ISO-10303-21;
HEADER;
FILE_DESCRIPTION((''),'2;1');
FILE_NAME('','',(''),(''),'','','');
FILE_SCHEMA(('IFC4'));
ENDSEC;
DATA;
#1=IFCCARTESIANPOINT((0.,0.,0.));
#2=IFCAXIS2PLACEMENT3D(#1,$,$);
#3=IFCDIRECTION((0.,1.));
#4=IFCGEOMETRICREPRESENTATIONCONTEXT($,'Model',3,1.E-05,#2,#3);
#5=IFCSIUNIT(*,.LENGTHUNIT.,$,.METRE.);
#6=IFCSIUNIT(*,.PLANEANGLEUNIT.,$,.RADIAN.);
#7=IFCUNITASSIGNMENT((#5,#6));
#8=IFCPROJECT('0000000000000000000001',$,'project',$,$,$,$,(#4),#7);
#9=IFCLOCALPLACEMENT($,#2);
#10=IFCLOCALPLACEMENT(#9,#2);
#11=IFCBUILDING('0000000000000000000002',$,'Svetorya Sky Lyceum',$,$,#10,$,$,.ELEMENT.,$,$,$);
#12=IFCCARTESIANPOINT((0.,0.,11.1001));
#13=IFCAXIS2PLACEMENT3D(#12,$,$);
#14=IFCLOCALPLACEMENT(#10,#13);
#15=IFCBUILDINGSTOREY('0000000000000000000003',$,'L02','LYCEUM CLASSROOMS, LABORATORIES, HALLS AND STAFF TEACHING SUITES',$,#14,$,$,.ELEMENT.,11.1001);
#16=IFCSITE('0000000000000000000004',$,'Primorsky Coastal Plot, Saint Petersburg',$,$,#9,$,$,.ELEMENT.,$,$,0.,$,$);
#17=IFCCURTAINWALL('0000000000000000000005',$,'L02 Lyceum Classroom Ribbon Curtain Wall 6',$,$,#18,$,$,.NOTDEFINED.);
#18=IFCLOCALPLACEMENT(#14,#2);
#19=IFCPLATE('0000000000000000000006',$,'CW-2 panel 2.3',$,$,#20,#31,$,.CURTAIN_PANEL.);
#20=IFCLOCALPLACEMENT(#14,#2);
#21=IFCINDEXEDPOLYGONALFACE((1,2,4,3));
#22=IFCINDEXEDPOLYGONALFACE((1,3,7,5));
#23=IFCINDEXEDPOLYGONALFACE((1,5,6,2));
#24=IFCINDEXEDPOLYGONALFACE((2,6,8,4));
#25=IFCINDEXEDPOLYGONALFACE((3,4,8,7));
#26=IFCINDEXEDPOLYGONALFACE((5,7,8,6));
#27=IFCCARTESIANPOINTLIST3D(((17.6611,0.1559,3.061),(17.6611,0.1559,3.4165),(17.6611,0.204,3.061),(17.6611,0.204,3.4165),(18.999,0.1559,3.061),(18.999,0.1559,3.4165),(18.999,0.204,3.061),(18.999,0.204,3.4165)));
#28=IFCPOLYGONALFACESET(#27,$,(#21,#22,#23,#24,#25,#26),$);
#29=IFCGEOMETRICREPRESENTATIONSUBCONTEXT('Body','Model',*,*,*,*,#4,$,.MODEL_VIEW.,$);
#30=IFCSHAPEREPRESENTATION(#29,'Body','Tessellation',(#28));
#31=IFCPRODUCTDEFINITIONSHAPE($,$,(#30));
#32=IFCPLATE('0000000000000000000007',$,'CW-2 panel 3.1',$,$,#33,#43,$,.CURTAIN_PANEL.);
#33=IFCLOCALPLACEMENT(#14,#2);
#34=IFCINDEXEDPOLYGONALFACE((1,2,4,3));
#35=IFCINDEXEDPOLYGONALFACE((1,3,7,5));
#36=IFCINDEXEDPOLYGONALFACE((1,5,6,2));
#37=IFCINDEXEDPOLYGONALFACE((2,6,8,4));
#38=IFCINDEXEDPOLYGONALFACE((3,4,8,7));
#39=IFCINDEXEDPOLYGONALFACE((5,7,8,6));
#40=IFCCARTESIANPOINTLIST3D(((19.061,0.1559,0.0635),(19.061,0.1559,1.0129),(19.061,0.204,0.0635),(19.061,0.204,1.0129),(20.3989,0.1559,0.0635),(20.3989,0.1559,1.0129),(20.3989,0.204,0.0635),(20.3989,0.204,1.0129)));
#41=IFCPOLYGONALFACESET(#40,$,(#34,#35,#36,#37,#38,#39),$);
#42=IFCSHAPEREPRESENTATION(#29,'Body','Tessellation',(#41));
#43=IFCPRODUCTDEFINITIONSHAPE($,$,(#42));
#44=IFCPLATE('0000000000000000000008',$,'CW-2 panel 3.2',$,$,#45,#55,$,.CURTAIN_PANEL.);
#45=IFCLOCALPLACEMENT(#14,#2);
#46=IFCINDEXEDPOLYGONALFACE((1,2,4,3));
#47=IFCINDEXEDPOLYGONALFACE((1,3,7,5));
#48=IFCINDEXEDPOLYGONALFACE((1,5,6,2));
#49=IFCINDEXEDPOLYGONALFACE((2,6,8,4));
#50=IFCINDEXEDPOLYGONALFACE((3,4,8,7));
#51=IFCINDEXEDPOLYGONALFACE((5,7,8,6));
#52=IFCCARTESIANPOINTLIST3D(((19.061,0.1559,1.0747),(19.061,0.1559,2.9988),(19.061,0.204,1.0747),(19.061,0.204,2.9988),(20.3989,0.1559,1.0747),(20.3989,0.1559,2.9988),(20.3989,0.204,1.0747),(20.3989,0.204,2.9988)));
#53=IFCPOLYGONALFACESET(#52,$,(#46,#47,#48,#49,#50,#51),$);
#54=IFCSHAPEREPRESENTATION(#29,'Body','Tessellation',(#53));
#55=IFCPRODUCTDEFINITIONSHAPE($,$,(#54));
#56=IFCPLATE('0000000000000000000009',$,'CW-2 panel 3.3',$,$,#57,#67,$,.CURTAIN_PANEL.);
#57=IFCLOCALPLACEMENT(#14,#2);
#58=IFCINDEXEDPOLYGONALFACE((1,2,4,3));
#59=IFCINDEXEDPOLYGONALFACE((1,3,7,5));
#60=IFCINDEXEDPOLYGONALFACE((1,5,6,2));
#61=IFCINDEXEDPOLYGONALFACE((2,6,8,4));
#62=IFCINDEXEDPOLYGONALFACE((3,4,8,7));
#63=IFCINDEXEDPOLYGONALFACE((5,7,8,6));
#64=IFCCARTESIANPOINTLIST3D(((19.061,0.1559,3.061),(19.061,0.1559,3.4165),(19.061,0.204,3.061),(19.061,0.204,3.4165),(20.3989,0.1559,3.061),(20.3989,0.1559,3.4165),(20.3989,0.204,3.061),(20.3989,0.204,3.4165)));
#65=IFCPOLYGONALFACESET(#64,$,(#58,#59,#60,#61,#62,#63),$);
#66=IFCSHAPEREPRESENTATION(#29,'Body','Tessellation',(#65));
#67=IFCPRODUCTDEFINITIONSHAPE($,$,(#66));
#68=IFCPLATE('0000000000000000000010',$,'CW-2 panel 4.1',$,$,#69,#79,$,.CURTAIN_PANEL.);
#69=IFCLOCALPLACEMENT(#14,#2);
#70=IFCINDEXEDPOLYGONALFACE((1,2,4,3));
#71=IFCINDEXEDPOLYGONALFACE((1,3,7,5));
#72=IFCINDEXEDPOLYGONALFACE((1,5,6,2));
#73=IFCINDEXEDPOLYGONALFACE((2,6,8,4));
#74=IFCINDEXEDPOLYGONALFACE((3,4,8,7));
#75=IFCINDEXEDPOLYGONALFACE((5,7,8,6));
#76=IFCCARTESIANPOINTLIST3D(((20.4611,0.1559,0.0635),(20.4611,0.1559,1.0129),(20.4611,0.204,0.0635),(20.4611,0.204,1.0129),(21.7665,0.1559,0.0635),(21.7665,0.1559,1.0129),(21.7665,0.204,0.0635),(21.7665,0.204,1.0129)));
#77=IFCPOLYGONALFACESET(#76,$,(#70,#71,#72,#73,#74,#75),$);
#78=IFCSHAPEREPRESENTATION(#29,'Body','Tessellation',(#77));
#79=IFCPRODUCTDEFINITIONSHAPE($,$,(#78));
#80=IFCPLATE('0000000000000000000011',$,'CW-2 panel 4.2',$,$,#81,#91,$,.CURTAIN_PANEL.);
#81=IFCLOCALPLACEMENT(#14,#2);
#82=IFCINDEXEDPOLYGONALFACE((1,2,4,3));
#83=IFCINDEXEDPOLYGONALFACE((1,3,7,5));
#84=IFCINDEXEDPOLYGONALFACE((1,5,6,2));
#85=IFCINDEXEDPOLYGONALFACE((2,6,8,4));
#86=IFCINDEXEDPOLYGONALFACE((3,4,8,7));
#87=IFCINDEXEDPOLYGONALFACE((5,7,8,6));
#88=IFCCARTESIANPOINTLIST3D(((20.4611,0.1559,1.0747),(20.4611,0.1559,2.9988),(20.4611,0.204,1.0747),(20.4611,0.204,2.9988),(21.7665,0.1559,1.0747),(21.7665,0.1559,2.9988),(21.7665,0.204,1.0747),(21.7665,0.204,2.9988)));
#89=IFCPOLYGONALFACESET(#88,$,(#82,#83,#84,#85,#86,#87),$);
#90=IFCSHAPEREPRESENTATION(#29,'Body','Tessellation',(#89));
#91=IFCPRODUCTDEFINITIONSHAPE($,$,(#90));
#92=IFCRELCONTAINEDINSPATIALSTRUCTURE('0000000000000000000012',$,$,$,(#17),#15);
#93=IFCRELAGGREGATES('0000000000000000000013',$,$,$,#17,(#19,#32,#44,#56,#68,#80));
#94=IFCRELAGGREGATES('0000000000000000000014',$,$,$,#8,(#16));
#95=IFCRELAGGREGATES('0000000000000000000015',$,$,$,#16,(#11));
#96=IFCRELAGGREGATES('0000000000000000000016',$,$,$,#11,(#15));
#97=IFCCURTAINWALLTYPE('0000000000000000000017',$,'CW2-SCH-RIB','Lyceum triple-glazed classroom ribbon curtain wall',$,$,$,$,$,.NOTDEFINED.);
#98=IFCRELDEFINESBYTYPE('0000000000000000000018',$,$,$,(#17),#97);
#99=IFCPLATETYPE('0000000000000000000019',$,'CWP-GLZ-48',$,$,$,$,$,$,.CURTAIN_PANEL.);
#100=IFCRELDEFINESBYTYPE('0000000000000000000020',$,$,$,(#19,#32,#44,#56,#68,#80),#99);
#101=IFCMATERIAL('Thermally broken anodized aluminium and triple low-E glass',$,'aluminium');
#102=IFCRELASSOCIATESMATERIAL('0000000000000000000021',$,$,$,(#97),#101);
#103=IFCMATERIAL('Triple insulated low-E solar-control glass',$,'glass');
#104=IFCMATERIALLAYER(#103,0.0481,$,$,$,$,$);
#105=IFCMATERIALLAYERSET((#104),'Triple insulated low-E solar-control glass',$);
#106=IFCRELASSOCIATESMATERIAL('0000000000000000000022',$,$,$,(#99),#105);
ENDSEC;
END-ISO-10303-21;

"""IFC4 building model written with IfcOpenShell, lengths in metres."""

from ifc_helpers import new_model, si_unit, direction, frame, origin, origin_2d, place, context, subcontext, project, spatial, rectangle, extrude, material, layer, layer_set, type_object, element, aggregate, save


model = new_model("IFC4")

# Units and contexts
model_context = context("Model", 3, precision=1e-05, world=origin(), true_north=direction((0.0, 1.0)))
body_context = subcontext(model_context, "Body", "Model", "MODEL_VIEW")
ifc_project = project(units=[si_unit("LENGTHUNIT", "METRE"), si_unit("PLANEANGLEUNIT", "RADIAN")], contexts=[model_context])

# Site, building, storey
site_placement = place(None, origin())
site = spatial("IfcSite", under=ifc_project, at=site_placement, Name="Primorsky Coastal Plot, Saint Petersburg", CompositionType="ELEMENT", RefElevation=0.0)
building_placement = place(site_placement, origin())
building = spatial("IfcBuilding", under=site, at=building_placement, Name="Svetorya Sky Lyceum", CompositionType="ELEMENT")
storey_placement = place(building_placement, frame((0.0, 0.0, 11.1001)))
storey = spatial("IfcBuildingStorey", under=building, at=storey_placement, Name="L02", Description="LYCEUM CLASSROOMS, LABORATORIES, HALLS AND STAFF TEACHING SUITES", CompositionType="ELEMENT", Elevation=11.1001)

# Curtain wall, plates
ifc_material_1 = material(Name="Thermally broken anodized aluminium and triple low-E glass", Category="aluminium")
curtain_wall_type = type_object("IfcCurtainWallType", Name="CW2-SCH-RIB", Description="Lyceum triple-glazed classroom ribbon curtain wall", PredefinedType="NOTDEFINED", material=ifc_material_1)
curtain_wall_placement = place(storey_placement, origin())
curtain_wall = element("IfcCurtainWall", 1, at=curtain_wall_placement, inside=storey, type_object=curtain_wall_type, Name="L02 Lyceum Classroom Ribbon Curtain Wall 6", PredefinedType="NOTDEFINED")
ifc_material_2 = material(Name="Triple insulated low-E solar-control glass", Category="glass")
ifc_layer = layer(ifc_material_2, 0.0481)
ifc_layer_set = layer_set([ifc_layer], Name="Triple insulated low-E solar-control glass")
plate_type = type_object("IfcPlateType", Name="CWP-GLZ-48", PredefinedType="CURTAIN_PANEL", material=ifc_layer_set)
plate_1_placement = place(storey_placement, frame((18.3301, 0.1799, 3.061), z_axis=(0.0, 0.0, 1.0), x_axis=(1.0, 0.0, 0.0)))
plate_1 = element("IfcPlate", 2, at=plate_1_placement, type_object=plate_type, Name="CW-2 panel 2.3", PredefinedType="CURTAIN_PANEL", context=body_context, shape_type="SweptSolid", body=[
    extrude(rectangle(XDim=1.3379, YDim=0.0481, at=origin_2d()), origin(), (0.0, 0.0, 1.0), 0.3555),
])
plate_2_placement = place(storey_placement, frame((19.73, 0.1799, 0.0635), z_axis=(0.0, 0.0, 1.0), x_axis=(1.0, 0.0, 0.0)))
plate_2 = element("IfcPlate", 3, at=plate_2_placement, type_object=plate_type, Name="CW-2 panel 3.1", PredefinedType="CURTAIN_PANEL", context=body_context, shape_type="SweptSolid", body=[
    extrude(rectangle(XDim=1.3379, YDim=0.0481, at=origin_2d()), origin(), (0.0, 0.0, 1.0), 0.9495),
])
plate_3_placement = place(storey_placement, frame((19.73, 0.1799, 1.0747), z_axis=(0.0, 0.0, 1.0), x_axis=(1.0, 0.0, 0.0)))
plate_3 = element("IfcPlate", 4, at=plate_3_placement, type_object=plate_type, Name="CW-2 panel 3.2", PredefinedType="CURTAIN_PANEL", context=body_context, shape_type="SweptSolid", body=[
    extrude(rectangle(XDim=1.3379, YDim=0.0481, at=origin_2d()), origin(), (0.0, 0.0, 1.0), 1.9241),
])
plate_4_placement = place(storey_placement, frame((19.73, 0.1799, 3.061), z_axis=(0.0, 0.0, 1.0), x_axis=(1.0, 0.0, 0.0)))
plate_4 = element("IfcPlate", 5, at=plate_4_placement, type_object=plate_type, Name="CW-2 panel 3.3", PredefinedType="CURTAIN_PANEL", context=body_context, shape_type="SweptSolid", body=[
    extrude(rectangle(XDim=1.3379, YDim=0.0481, at=origin_2d()), origin(), (0.0, 0.0, 1.0), 0.3555),
])
plate_5_placement = place(storey_placement, frame((21.1138, 0.1799, 0.0635), z_axis=(0.0, 0.0, 1.0), x_axis=(1.0, 0.0, 0.0)))
plate_5 = element("IfcPlate", 6, at=plate_5_placement, type_object=plate_type, Name="CW-2 panel 4.1", PredefinedType="CURTAIN_PANEL", context=body_context, shape_type="SweptSolid", body=[
    extrude(rectangle(XDim=1.3054, YDim=0.0481, at=origin_2d()), origin(), (0.0, 0.0, 1.0), 0.9495),
])
plate_6_placement = place(storey_placement, frame((21.1138, 0.1799, 1.0747), z_axis=(0.0, 0.0, 1.0), x_axis=(1.0, 0.0, 0.0)))
plate_6 = element("IfcPlate", 7, at=plate_6_placement, type_object=plate_type, Name="CW-2 panel 4.2", PredefinedType="CURTAIN_PANEL", context=body_context, shape_type="SweptSolid", body=[
    extrude(rectangle(XDim=1.3054, YDim=0.0481, at=origin_2d()), origin(), (0.0, 0.0, 1.0), 1.9241),
])
aggregate(curtain_wall, [plate_1, plate_2, plate_3, plate_4, plate_5, plate_6])

save(model, "model.ifc")
